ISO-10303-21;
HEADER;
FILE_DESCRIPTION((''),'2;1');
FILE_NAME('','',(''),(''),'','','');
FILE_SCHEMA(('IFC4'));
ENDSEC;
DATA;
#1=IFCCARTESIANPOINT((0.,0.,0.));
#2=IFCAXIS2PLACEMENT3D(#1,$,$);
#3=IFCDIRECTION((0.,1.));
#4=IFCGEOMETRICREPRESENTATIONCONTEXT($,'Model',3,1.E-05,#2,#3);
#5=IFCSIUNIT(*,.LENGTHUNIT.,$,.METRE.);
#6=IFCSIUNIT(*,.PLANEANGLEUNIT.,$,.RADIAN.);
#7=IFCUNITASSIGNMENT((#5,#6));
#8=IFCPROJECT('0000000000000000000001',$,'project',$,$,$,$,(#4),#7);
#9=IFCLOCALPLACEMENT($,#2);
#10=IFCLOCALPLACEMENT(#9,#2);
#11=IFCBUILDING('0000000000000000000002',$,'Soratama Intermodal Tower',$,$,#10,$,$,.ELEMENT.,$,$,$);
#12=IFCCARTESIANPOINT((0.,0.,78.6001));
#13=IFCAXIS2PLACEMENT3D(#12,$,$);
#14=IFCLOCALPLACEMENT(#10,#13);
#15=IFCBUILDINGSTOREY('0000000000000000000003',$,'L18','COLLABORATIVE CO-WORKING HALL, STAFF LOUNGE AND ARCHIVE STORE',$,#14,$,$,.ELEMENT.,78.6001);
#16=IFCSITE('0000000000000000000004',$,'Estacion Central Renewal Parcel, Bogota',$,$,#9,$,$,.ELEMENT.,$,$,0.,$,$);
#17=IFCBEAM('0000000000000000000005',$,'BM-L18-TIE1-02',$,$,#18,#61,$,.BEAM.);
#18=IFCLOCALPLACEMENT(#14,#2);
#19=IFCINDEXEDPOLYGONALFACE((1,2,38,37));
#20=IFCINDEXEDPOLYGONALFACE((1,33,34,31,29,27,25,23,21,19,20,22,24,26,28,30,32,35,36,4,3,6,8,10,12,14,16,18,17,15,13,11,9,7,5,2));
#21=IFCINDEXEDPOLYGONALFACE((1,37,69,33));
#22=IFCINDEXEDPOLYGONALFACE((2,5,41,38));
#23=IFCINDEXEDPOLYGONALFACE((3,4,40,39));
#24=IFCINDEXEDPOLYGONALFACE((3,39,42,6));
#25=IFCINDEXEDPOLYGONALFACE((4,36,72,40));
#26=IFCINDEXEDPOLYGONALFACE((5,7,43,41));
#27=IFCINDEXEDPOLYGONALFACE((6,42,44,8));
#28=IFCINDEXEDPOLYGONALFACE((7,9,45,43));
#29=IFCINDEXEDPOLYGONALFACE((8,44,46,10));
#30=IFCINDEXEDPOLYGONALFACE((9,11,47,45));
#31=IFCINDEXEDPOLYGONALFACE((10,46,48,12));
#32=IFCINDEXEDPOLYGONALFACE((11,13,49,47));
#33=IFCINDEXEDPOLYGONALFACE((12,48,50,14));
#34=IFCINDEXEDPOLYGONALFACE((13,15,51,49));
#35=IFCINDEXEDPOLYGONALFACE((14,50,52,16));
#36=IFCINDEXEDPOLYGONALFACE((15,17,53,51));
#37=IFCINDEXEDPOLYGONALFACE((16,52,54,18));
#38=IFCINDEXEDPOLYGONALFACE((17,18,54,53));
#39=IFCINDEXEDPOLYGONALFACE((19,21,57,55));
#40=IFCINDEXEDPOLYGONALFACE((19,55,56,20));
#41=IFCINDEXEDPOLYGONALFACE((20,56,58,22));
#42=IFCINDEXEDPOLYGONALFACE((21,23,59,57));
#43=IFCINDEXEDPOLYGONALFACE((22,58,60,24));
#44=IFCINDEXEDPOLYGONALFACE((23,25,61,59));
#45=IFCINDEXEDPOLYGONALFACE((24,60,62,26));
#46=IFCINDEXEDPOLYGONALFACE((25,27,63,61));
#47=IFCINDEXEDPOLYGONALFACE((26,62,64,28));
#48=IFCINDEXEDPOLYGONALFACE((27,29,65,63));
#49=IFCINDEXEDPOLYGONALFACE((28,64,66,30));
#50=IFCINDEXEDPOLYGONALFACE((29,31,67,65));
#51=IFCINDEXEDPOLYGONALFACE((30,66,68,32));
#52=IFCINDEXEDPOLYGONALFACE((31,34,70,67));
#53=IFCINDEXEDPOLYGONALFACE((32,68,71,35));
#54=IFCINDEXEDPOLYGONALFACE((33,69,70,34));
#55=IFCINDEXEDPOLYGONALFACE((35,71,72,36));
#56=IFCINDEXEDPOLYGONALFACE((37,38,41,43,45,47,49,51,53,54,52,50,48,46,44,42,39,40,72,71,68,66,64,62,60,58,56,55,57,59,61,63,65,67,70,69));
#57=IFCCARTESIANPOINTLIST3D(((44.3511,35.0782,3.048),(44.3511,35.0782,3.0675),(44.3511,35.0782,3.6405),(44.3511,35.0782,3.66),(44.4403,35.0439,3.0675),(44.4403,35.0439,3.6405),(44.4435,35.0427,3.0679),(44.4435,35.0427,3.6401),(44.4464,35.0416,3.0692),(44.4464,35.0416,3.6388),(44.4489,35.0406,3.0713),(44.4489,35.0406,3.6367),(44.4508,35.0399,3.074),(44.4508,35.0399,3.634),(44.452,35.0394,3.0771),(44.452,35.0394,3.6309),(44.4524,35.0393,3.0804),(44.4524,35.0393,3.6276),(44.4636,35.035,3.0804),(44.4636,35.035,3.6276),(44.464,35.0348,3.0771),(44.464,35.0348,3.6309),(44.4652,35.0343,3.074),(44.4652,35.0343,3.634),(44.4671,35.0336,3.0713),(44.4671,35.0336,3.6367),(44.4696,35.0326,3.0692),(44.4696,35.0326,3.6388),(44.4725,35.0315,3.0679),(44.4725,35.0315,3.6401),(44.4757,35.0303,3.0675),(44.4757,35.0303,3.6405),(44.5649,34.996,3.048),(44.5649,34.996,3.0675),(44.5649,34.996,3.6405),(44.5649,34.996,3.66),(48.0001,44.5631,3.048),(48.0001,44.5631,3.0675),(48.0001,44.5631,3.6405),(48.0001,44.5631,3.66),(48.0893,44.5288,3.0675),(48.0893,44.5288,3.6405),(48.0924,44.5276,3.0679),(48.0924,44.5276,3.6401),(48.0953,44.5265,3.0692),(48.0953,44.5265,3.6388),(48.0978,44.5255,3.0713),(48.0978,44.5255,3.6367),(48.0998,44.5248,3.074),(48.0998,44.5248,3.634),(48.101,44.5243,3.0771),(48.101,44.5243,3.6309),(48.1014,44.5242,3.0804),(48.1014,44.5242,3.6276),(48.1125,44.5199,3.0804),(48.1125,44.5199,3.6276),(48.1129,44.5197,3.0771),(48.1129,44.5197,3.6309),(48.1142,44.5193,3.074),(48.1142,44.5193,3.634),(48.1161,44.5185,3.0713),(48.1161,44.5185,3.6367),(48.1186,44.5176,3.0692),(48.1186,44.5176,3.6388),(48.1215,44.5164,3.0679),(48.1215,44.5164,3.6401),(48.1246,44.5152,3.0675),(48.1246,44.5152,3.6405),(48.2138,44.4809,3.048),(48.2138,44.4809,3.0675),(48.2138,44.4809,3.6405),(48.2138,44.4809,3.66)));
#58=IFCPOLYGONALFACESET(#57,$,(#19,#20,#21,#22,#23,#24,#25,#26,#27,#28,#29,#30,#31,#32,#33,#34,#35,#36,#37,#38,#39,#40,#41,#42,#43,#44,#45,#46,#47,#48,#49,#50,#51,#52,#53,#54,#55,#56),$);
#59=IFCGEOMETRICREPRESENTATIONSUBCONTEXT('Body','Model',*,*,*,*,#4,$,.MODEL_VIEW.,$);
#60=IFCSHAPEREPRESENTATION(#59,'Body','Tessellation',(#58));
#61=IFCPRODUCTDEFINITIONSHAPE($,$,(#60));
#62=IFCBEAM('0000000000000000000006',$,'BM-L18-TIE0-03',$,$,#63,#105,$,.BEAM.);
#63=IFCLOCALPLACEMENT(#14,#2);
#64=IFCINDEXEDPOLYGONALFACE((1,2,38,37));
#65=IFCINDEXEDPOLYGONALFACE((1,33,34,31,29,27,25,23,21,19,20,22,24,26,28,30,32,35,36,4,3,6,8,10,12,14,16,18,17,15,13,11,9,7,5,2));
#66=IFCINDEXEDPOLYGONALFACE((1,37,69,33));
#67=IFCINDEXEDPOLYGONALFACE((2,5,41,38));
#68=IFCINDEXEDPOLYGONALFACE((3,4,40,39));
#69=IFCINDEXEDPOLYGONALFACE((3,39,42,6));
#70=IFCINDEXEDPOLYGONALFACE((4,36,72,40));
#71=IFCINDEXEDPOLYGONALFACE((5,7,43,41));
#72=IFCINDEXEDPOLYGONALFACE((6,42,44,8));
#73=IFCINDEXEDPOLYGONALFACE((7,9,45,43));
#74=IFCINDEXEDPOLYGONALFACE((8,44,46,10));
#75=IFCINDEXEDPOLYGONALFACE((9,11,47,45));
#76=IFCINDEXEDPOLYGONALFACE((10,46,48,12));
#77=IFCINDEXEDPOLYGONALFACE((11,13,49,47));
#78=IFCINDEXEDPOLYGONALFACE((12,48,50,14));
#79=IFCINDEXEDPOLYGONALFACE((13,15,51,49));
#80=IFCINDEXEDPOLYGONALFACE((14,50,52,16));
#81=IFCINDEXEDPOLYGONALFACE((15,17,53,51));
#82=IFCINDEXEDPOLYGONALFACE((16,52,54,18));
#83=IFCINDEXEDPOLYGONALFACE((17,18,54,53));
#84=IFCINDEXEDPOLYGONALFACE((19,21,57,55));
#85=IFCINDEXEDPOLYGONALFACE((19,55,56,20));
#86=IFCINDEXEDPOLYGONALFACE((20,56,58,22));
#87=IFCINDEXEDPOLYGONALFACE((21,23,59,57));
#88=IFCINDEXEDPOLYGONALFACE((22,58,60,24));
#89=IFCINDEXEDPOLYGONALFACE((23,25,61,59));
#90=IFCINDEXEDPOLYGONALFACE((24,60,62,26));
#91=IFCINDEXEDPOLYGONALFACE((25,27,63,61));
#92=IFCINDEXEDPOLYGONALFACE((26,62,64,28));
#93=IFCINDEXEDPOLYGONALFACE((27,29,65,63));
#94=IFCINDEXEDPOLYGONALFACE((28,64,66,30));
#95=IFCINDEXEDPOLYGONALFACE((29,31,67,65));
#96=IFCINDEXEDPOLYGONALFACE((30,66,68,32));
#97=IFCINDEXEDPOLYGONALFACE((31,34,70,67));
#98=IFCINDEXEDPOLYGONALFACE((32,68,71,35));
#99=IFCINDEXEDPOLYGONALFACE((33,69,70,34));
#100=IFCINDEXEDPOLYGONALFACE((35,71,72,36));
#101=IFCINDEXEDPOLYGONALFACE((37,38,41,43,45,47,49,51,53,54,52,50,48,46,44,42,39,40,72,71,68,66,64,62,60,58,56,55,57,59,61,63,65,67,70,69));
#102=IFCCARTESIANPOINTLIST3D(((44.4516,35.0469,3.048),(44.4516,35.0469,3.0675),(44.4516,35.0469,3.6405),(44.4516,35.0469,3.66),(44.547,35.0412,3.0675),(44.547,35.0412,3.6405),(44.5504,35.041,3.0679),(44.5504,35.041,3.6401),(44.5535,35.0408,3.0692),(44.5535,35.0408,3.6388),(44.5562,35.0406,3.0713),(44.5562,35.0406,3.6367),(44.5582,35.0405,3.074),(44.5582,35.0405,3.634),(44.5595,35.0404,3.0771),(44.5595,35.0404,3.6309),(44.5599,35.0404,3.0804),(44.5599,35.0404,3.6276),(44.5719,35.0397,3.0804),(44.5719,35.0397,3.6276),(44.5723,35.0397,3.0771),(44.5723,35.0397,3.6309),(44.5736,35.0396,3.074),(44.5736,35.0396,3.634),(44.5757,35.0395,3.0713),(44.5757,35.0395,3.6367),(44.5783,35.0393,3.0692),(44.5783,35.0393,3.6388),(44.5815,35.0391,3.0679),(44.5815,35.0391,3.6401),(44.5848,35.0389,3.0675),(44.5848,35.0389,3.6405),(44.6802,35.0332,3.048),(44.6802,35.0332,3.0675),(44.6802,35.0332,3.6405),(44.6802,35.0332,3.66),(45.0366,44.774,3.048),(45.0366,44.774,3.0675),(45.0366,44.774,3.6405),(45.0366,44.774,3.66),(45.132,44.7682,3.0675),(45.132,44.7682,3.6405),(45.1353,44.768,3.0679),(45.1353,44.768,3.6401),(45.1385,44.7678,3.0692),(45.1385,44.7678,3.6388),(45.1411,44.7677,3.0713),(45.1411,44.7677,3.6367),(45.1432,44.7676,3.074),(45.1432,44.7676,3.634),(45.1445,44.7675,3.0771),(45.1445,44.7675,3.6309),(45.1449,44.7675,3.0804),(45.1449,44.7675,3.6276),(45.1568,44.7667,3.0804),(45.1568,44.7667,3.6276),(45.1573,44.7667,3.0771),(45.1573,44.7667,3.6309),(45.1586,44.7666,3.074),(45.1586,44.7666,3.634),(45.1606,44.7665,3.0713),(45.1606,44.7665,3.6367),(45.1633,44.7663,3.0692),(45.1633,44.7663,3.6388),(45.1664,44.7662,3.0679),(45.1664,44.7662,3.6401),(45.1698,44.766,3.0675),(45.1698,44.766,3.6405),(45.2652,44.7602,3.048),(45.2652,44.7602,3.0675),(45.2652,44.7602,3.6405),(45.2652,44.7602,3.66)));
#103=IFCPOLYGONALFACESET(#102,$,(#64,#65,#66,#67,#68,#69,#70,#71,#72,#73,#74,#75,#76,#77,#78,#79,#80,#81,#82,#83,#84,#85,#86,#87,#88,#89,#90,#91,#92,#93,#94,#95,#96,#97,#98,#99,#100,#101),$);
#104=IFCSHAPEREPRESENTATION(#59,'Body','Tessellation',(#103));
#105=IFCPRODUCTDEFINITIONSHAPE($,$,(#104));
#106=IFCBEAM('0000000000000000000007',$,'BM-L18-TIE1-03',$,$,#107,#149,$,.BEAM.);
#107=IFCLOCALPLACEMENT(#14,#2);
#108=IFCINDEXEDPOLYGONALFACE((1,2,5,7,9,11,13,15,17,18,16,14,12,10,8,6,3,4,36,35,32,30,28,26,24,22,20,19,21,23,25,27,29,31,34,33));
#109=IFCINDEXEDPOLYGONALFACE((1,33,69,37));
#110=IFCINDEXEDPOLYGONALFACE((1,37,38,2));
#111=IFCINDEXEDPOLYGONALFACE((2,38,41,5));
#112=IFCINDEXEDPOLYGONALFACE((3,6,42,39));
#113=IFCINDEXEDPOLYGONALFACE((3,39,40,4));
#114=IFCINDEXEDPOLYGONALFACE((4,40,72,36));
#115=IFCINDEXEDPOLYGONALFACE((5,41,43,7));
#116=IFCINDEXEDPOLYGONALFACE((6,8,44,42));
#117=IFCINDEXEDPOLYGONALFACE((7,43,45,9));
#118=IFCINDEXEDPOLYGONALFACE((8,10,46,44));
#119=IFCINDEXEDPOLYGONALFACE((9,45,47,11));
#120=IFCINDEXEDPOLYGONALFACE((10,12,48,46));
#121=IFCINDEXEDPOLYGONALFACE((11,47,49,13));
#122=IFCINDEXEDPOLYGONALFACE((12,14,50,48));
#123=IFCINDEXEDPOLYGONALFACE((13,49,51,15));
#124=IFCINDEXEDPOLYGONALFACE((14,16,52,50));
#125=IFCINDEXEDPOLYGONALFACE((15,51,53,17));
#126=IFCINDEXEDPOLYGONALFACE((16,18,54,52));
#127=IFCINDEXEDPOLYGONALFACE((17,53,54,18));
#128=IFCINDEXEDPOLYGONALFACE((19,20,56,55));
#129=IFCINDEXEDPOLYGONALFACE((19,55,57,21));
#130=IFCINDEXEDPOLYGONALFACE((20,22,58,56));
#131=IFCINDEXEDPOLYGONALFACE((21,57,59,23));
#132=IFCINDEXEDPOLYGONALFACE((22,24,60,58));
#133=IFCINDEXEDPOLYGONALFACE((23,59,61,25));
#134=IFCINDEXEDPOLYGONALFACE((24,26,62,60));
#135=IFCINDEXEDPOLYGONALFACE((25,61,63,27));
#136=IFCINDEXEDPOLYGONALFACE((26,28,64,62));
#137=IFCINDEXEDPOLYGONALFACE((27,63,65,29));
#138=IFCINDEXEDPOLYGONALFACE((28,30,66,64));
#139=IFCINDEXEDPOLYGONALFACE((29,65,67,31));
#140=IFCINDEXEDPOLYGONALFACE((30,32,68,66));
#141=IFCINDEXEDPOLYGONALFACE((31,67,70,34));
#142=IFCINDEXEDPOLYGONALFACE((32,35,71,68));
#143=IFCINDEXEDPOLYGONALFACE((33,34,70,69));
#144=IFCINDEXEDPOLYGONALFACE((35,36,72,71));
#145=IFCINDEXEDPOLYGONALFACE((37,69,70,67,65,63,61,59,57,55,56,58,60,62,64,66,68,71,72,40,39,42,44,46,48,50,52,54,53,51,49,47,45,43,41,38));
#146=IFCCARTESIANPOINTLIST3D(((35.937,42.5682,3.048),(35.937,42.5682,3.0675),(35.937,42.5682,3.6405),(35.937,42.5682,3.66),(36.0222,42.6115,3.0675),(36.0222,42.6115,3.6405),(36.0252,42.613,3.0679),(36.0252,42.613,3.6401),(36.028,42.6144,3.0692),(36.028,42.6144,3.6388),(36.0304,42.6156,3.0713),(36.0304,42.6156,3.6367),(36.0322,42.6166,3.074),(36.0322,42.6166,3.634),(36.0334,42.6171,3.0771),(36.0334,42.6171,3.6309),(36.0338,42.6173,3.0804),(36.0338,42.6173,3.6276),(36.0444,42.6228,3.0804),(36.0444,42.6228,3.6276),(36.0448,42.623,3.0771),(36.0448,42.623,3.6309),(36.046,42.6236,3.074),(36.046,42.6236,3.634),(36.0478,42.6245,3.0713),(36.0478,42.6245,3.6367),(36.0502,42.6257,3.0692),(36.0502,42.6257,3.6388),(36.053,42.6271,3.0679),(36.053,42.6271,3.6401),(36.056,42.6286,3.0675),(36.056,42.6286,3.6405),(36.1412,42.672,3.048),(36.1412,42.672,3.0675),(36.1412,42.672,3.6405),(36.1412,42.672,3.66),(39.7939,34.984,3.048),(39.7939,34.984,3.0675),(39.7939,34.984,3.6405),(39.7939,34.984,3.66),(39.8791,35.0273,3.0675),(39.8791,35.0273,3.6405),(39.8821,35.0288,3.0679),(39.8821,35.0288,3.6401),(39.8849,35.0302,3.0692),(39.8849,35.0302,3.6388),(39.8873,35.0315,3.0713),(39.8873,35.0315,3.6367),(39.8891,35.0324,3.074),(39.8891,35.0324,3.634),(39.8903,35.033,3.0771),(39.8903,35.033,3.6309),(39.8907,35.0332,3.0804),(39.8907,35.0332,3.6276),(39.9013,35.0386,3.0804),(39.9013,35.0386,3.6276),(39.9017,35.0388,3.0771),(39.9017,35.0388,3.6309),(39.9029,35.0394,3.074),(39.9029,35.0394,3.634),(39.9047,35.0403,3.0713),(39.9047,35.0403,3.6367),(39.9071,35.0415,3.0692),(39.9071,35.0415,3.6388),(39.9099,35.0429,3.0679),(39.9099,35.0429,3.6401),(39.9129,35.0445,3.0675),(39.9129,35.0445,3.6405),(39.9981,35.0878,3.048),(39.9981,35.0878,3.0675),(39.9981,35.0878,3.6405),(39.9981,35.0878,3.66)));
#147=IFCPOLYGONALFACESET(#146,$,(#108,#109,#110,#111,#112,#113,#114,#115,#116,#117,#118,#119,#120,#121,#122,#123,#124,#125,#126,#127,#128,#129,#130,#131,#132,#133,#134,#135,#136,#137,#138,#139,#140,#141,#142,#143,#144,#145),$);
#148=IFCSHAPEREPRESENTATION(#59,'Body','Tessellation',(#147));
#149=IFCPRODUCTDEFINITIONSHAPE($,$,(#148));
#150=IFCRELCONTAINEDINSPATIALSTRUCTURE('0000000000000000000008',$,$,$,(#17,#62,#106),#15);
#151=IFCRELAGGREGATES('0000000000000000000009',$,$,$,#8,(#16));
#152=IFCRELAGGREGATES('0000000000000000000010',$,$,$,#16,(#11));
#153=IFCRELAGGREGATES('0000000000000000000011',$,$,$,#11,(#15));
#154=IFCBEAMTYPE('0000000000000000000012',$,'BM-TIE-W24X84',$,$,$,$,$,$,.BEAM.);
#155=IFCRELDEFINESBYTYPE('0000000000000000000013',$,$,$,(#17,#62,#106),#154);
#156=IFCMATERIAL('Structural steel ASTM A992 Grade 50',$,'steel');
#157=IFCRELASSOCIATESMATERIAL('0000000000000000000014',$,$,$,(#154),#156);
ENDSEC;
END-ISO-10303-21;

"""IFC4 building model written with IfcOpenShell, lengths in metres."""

from ifc_helpers import new_model, si_unit, direction, frame, origin, origin_2d, place, context, subcontext, project, spatial, i_section, extrude, material, material_profile, profile_set, type_object, element, save


model = new_model("IFC4")

# Units and contexts
model_context = context("Model", 3, precision=1e-05, world=origin(), true_north=direction((0.0, 1.0)))
body_context = subcontext(model_context, "Body", "Model", "MODEL_VIEW")
ifc_project = project(units=[si_unit("LENGTHUNIT", "METRE"), si_unit("PLANEANGLEUNIT", "RADIAN")], contexts=[model_context])

# Site, building, storey
site_placement = place(None, origin())
site = spatial("IfcSite", under=ifc_project, at=site_placement, Name="Estacion Central Renewal Parcel, Bogota", CompositionType="ELEMENT", RefElevation=0.0)
building_placement = place(site_placement, origin())
building = spatial("IfcBuilding", under=site, at=building_placement, Name="Soratama Intermodal Tower", CompositionType="ELEMENT")
storey_placement = place(building_placement, frame((0.0, 0.0, 78.6001)))
storey = spatial("IfcBuildingStorey", under=building, at=storey_placement, Name="L18", Description="COLLABORATIVE CO-WORKING HALL, STAFF LOUNGE AND ARCHIVE STORE", CompositionType="ELEMENT", Elevation=78.6001)

# Beams
ifc_material_1 = material(Name="Structural steel ASTM A992 Grade 50", Category="steel")
ifc_material_profile_1 = material_profile(ifc_material_1, i_section(OverallWidth=0.229, OverallDepth=0.6121, WebThickness=0.012, FlangeThickness=0.0195, FilletRadius=0.0129, at=origin_2d()), Name="W24X84")
ifc_profile_set_1 = profile_set([ifc_material_profile_1], Name="Structural steel ASTM A992 Grade 50")
beam_type_1 = type_object("IfcBeamType", Name="BM-TIE-W24X84", PredefinedType="BEAM", material=ifc_profile_set_1)
beam_1_placement = place(storey_placement, frame((44.458, 35.0371, 3.354), z_axis=(0.359056, 0.933316, 0.0), x_axis=(-0.933316, 0.359056, 0.0)))
element("IfcBeam", 1, at=beam_1_placement, inside=storey, type_object=beam_type_1, Name="BM-L18-TIE1-02", PredefinedType="BEAM", context=body_context, shape_type="SweptSolid", body=[
    extrude(i_section(OverallWidth=0.229, OverallDepth=0.6121, WebThickness=0.012, FlangeThickness=0.0195, FilletRadius=0.0129, at=origin_2d()), origin(), (0.0, 0.0, 1.0), 10.1626),
])
beam_2_placement = place(storey_placement, frame((44.5659, 35.04, 3.354), z_axis=(0.060029, 0.998197, 0.0), x_axis=(-0.998197, 0.060029, 0.0)))
element("IfcBeam", 2, at=beam_2_placement, inside=storey, type_object=beam_type_1, Name="BM-L18-TIE0-03", PredefinedType="BEAM", context=body_context, shape_type="SweptSolid", body=[
    extrude(i_section(OverallWidth=0.229, OverallDepth=0.6121, WebThickness=0.012, FlangeThickness=0.0195, FilletRadius=0.0129, at=origin_2d()), origin(), (0.0, 0.0, 1.0), 9.7446),
])
beam_3_placement = place(storey_placement, frame((39.896, 35.0359, 3.354), z_axis=(-0.453298, 0.891359, 0.0), x_axis=(-0.891359, -0.453298, 0.0)))
element("IfcBeam", 3, at=beam_3_placement, inside=storey, type_object=beam_type_1, Name="BM-L18-TIE1-03", PredefinedType="BEAM", context=body_context, shape_type="SweptSolid", body=[
    extrude(i_section(OverallWidth=0.229, OverallDepth=0.6121, WebThickness=0.012, FlangeThickness=0.0195, FilletRadius=0.0129, at=origin_2d()), origin(), (0.0, 0.0, 1.0), 8.5085),
])

save(model, "model.ifc")
